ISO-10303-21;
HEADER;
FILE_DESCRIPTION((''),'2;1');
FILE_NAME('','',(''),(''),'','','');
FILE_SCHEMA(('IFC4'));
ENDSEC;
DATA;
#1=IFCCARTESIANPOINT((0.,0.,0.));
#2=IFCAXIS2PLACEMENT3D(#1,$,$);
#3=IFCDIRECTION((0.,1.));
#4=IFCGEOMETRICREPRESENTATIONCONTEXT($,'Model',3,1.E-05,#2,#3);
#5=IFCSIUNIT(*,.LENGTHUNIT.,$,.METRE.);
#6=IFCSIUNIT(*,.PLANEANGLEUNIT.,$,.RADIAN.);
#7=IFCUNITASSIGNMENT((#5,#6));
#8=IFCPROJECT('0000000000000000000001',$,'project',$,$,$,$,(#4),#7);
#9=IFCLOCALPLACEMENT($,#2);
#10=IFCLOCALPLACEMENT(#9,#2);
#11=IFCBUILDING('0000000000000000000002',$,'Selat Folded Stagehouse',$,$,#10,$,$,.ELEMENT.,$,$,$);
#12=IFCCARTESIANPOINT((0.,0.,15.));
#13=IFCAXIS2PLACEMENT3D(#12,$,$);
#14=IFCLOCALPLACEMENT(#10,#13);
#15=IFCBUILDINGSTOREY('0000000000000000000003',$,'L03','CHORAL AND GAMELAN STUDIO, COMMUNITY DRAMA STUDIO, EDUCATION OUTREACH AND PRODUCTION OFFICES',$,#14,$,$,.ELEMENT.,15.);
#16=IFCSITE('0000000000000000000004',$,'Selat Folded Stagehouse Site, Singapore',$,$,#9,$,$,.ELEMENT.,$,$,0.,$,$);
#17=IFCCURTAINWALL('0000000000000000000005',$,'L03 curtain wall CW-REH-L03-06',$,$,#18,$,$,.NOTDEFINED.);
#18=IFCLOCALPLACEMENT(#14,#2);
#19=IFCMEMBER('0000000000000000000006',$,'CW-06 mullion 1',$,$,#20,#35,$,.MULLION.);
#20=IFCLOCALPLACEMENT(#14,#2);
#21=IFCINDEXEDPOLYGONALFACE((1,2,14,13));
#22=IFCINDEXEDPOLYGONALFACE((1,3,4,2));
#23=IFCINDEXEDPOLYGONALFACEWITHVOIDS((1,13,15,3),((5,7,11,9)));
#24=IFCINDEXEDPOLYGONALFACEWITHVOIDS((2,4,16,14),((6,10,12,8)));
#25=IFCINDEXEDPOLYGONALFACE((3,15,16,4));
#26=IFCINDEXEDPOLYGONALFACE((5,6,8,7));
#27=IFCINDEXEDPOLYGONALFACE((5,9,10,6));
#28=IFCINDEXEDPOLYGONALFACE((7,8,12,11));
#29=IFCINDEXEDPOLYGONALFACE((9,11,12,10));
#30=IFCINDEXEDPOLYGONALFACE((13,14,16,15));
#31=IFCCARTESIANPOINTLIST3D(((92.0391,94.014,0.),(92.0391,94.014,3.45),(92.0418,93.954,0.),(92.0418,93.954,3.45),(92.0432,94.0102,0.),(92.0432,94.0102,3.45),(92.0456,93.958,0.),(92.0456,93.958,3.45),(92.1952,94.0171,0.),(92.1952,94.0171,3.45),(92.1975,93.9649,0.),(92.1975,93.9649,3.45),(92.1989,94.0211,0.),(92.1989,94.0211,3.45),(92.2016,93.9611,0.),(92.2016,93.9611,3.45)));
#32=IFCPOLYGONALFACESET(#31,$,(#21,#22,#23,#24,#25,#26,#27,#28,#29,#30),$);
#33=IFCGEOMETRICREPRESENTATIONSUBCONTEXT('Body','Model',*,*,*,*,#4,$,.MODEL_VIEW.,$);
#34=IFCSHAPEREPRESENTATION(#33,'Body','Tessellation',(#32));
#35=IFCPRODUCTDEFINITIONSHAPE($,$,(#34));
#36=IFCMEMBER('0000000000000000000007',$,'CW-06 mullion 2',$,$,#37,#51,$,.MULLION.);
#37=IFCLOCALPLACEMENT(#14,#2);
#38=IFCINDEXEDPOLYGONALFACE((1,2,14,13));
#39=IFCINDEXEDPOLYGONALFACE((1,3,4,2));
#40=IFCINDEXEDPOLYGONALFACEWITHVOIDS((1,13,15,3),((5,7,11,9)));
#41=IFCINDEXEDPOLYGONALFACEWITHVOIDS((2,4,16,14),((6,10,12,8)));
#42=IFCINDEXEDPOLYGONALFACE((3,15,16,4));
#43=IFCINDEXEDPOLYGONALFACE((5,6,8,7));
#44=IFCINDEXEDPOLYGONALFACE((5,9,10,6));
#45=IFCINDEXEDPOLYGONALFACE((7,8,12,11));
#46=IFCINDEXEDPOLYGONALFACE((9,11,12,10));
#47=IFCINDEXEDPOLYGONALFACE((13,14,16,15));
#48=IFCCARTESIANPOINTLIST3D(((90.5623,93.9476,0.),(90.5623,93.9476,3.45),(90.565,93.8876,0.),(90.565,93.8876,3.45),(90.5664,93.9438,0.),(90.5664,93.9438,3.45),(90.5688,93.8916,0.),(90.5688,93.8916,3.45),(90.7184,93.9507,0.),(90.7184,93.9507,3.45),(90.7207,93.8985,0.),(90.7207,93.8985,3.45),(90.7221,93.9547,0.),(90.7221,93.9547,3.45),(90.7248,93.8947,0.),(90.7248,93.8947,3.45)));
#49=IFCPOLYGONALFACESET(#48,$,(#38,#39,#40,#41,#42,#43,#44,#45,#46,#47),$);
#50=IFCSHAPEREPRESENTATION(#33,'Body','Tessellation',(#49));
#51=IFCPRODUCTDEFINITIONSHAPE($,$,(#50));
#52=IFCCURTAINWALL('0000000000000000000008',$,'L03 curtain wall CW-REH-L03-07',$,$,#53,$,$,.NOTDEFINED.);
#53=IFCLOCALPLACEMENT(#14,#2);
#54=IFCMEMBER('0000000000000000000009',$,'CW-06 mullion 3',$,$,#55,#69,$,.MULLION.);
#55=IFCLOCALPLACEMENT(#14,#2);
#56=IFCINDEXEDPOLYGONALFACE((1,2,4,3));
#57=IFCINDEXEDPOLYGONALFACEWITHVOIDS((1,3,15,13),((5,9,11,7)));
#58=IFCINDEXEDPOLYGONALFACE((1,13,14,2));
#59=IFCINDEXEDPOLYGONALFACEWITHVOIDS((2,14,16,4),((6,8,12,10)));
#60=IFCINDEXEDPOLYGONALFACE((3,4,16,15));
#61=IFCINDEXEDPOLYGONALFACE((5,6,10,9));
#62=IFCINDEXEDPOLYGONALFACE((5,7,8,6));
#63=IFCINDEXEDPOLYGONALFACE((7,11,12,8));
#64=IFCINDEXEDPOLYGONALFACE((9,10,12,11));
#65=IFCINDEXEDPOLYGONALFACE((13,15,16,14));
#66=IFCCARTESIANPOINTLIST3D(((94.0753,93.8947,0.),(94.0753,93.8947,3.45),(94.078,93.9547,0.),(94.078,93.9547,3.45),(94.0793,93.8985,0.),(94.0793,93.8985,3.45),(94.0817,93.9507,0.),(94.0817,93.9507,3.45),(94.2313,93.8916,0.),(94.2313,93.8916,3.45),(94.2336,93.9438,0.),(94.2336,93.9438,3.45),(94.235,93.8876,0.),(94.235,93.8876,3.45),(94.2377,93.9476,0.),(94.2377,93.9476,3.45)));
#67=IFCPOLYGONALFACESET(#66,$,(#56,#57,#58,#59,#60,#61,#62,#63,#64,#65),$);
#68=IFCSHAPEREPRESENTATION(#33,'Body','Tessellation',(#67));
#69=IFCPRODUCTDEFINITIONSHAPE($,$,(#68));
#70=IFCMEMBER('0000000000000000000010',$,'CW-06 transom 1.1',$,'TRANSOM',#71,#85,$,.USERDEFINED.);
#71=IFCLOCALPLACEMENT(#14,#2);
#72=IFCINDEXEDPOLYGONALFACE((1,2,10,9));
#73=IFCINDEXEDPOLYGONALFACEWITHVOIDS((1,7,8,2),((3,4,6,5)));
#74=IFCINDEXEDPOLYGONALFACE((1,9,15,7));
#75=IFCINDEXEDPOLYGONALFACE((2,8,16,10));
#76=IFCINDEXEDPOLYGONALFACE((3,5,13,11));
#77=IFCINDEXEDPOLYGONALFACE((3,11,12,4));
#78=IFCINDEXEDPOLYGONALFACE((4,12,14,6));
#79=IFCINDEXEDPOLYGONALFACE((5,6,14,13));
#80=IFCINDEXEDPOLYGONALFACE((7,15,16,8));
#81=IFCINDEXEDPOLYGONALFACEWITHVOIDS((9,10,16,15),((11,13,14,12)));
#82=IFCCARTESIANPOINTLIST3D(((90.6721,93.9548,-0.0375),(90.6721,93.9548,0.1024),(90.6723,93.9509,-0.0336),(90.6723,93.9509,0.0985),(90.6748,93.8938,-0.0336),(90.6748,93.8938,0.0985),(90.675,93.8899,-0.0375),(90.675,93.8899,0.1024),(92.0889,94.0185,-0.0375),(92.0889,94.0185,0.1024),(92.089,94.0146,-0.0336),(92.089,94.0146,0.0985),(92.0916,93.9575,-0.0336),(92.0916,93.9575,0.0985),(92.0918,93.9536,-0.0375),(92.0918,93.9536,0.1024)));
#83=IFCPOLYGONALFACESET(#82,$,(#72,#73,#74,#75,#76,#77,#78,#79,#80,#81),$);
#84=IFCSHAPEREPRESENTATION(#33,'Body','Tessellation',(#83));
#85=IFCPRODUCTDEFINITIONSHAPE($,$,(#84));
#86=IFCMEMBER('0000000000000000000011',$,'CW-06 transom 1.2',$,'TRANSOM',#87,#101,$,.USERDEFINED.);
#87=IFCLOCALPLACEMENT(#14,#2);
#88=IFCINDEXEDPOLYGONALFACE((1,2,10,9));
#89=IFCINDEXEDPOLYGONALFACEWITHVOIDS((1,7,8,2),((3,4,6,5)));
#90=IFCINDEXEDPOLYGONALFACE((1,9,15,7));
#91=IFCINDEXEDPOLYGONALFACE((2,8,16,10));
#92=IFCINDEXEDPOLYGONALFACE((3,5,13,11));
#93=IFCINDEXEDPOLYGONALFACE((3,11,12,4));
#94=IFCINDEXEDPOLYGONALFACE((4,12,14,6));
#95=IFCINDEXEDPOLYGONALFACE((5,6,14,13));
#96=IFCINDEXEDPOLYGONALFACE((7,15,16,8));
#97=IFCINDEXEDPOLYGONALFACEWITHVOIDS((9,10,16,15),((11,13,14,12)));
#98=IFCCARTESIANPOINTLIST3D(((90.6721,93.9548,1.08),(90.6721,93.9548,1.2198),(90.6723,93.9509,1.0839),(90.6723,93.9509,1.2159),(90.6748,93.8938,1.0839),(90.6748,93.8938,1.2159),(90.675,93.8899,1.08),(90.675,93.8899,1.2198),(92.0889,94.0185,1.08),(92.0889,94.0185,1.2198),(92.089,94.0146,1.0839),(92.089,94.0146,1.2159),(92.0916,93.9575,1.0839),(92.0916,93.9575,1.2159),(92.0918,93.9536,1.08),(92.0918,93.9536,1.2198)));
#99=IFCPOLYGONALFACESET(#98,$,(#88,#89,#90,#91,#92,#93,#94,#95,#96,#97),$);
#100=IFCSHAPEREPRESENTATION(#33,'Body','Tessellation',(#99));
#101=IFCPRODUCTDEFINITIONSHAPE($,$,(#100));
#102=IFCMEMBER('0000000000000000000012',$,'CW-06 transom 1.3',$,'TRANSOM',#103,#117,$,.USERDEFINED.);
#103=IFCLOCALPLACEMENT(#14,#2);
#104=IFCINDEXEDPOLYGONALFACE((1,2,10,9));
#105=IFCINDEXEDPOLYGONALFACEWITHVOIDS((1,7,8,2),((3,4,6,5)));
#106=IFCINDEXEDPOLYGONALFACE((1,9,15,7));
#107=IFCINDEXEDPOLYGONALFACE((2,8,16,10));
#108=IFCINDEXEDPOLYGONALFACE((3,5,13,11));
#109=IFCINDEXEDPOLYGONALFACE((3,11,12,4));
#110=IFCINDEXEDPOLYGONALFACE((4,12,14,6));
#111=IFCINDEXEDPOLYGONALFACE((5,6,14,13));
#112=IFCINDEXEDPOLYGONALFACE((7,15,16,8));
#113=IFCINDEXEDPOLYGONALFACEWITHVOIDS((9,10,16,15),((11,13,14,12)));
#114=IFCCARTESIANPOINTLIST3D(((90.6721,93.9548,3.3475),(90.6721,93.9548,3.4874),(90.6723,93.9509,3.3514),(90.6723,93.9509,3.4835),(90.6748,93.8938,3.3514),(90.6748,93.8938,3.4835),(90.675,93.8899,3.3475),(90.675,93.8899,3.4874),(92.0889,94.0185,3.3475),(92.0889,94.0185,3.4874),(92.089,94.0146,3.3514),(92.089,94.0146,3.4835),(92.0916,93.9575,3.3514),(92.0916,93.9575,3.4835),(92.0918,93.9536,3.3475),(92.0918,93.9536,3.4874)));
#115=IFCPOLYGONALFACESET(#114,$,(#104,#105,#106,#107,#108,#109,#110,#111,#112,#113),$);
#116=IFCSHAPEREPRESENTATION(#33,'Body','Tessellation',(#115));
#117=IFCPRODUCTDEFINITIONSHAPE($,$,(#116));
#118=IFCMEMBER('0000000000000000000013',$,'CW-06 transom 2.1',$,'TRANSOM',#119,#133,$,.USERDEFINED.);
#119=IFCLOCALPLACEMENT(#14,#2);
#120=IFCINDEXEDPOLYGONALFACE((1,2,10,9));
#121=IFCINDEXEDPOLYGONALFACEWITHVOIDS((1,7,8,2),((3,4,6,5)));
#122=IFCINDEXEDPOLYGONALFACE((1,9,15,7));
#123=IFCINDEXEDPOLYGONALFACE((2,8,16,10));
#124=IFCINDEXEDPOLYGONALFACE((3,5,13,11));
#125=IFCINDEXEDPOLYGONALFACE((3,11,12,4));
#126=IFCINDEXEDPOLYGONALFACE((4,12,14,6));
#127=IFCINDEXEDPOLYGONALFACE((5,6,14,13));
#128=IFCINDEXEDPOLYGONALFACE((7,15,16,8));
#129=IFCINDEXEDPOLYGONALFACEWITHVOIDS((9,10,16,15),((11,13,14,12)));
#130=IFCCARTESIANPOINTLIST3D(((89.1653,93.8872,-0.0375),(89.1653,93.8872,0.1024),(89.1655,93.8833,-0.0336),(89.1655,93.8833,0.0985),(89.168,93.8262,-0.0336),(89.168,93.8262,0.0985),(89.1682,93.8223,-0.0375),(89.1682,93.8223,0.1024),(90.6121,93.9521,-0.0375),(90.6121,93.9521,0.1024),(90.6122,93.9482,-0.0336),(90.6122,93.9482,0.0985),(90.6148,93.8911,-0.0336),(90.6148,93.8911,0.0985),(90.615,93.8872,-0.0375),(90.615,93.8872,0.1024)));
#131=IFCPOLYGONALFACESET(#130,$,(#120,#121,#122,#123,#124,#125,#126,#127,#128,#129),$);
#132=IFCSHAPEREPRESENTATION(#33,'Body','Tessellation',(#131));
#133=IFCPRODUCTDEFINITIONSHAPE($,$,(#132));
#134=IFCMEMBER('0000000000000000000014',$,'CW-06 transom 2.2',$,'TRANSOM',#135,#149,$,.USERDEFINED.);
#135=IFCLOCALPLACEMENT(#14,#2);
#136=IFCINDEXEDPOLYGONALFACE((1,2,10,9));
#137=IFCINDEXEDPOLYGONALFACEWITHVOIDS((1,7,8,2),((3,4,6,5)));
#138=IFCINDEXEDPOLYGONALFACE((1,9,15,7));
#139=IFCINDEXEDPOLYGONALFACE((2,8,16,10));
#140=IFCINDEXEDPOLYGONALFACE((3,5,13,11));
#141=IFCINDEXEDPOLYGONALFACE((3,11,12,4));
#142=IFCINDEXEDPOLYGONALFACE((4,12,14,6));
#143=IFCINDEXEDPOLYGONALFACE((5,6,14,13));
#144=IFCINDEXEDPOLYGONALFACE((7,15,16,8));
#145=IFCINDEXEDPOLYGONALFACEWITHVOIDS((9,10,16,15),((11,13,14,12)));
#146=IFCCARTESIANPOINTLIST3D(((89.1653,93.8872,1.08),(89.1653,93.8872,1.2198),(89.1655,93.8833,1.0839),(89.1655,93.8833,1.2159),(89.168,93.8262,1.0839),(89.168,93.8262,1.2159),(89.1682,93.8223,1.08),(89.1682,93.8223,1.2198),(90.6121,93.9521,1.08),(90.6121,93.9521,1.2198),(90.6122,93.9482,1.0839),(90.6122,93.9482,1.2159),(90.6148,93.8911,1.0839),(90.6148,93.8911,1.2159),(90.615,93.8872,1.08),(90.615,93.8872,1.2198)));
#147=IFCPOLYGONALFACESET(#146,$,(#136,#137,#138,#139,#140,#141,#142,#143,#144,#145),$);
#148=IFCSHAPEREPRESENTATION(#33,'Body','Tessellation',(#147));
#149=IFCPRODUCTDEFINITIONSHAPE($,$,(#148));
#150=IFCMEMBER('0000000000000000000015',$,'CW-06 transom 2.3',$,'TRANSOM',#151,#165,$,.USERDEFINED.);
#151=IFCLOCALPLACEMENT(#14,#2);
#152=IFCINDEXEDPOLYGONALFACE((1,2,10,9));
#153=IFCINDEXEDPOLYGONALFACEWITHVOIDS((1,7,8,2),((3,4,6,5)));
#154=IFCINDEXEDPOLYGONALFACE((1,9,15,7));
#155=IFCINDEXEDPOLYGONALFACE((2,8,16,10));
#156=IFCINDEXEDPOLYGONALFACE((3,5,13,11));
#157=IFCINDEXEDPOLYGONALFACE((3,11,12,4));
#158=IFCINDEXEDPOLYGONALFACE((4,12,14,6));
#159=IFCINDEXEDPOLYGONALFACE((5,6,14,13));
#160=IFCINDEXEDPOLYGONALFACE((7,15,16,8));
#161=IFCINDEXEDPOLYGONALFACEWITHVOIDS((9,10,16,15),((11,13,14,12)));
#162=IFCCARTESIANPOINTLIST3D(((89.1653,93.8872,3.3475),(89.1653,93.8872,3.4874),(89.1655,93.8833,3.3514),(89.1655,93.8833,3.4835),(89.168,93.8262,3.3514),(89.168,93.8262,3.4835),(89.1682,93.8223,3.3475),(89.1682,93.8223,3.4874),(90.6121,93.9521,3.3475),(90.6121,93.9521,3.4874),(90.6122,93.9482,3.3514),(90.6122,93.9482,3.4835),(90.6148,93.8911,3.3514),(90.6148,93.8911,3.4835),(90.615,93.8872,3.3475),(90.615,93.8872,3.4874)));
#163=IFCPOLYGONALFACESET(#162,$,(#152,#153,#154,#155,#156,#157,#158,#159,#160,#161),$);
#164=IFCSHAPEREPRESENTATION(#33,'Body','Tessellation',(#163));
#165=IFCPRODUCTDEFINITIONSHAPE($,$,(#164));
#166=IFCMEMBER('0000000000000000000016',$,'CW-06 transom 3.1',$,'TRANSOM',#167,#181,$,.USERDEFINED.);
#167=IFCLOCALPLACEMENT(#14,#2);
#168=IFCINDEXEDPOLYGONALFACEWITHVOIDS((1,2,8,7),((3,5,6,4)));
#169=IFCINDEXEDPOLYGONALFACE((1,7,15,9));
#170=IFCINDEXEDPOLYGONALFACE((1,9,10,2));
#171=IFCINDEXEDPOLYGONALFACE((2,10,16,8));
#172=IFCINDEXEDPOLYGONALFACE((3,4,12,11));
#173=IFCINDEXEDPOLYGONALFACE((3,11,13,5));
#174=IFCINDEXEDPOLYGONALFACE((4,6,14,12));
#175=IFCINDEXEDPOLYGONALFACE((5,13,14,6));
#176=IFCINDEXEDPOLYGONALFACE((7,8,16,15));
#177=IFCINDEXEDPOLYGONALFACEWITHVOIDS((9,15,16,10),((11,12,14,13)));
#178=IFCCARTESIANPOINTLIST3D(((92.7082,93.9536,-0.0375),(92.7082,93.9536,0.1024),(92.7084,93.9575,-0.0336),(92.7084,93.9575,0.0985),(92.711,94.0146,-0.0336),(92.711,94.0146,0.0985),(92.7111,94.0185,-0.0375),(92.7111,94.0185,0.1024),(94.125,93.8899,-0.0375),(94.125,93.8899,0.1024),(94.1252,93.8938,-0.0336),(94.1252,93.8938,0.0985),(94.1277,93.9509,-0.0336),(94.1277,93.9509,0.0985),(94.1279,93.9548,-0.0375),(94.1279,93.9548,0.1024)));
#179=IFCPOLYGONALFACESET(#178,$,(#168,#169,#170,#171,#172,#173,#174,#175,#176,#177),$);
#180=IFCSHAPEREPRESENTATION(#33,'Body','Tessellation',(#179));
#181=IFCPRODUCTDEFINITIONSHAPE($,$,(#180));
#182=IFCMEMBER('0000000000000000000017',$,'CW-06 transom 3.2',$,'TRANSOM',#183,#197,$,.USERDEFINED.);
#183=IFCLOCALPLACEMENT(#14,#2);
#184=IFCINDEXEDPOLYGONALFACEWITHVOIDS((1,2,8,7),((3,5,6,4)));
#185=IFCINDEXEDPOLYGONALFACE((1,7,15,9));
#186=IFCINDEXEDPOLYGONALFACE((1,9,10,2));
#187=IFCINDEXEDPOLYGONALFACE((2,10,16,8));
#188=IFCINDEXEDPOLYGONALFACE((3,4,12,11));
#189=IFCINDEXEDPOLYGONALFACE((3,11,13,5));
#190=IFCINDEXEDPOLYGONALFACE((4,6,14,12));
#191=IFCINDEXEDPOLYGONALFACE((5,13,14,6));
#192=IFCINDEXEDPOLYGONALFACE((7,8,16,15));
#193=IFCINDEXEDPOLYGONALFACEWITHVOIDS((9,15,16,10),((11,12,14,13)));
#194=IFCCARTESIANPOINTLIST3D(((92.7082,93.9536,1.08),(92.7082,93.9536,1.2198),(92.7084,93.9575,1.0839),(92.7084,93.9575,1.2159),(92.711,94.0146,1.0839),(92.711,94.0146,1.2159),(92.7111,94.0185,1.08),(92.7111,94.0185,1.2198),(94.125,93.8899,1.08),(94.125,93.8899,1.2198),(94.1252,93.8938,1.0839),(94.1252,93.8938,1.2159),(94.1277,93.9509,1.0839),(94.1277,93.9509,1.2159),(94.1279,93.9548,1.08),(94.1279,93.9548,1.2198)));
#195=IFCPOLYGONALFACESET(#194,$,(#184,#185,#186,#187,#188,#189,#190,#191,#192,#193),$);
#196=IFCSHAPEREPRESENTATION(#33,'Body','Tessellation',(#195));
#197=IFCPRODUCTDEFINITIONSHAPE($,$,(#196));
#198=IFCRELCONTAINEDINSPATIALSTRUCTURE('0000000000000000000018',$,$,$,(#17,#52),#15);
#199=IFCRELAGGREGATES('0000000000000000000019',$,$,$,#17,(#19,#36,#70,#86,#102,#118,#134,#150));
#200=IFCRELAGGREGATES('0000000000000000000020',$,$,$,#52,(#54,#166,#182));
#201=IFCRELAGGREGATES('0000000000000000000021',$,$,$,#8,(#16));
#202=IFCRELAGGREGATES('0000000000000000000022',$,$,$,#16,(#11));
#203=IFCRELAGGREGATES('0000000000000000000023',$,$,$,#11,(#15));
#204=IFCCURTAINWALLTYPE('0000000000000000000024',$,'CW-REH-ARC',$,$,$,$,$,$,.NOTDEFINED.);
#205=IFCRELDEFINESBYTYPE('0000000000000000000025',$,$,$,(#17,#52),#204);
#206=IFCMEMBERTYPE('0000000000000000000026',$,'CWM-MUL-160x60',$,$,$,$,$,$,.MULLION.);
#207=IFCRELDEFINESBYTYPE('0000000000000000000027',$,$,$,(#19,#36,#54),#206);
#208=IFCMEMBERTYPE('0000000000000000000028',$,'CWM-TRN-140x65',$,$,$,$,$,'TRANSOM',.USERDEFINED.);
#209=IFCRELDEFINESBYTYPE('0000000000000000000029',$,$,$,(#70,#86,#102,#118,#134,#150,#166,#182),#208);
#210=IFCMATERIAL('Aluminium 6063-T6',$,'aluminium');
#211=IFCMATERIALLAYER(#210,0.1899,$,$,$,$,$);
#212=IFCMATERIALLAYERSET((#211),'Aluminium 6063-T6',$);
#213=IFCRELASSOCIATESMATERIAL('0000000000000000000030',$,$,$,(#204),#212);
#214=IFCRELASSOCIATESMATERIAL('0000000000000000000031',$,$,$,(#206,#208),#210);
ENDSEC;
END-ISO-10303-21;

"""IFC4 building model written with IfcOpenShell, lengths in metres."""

from ifc_helpers import new_model, si_unit, direction, frame, origin, origin_2d, place, context, subcontext, project, spatial, hollow_rectangle, extrude, material, layer, layer_set, material_profile, profile_set, type_object, element, aggregate, save


model = new_model("IFC4")

# Units and contexts
model_context = context("Model", 3, precision=1e-05, world=origin(), true_north=direction((0.0, 1.0)))
body_context = subcontext(model_context, "Body", "Model", "MODEL_VIEW")
ifc_project = project(units=[si_unit("LENGTHUNIT", "METRE"), si_unit("PLANEANGLEUNIT", "RADIAN")], contexts=[model_context])

# Site, building, storey
site_placement = place(None, origin())
site = spatial("IfcSite", under=ifc_project, at=site_placement, Name="Selat Folded Stagehouse Site, Singapore", CompositionType="ELEMENT", RefElevation=0.0)
building_placement = place(site_placement, origin())
building = spatial("IfcBuilding", under=site, at=building_placement, Name="Selat Folded Stagehouse", CompositionType="ELEMENT")
storey_placement = place(building_placement, frame((0.0, 0.0, 15.0)))
storey = spatial("IfcBuildingStorey", under=building, at=storey_placement, Name="L03", Description="CHORAL AND GAMELAN STUDIO, COMMUNITY DRAMA STUDIO, EDUCATION OUTREACH AND PRODUCTION OFFICES", CompositionType="ELEMENT", Elevation=15.0)

# Curtain wall, members
ifc_material_1 = material(Name="Aluminium 6063-T6", Category="aluminium")
ifc_layer_1 = layer(ifc_material_1, 0.1899)
ifc_layer_set_1 = layer_set([ifc_layer_1], Name="Aluminium 6063-T6")
curtain_wall_type = type_object("IfcCurtainWallType", Name="CW-REH-ARC", PredefinedType="NOTDEFINED", material=ifc_layer_set_1)
curtain_wall_1_placement = place(storey_placement, origin())
curtain_wall_1 = element("IfcCurtainWall", 1, at=curtain_wall_1_placement, inside=storey, type_object=curtain_wall_type, Name="L03 curtain wall CW-REH-L03-06", PredefinedType="NOTDEFINED")
ifc_material_profile_1 = material_profile(ifc_material_1, hollow_rectangle(XDim=0.0601, YDim=0.1599, WallThickness=0.0039, at=origin_2d()), Name="ALU 160x60x4.0")
ifc_profile_set_1 = profile_set([ifc_material_profile_1], Name="Aluminium 6063-T6")
member_type_1 = type_object("IfcMemberType", Name="CWM-MUL-160x60", PredefinedType="MULLION", material=ifc_profile_set_1)
member_1_placement = place(storey_placement, frame((92.1204, 93.9875, 0.0), z_axis=(0.0, 0.0, 1.0), x_axis=(0.044862, -0.998993, 0.0)))
member_1 = element("IfcMember", 2, at=member_1_placement, type_object=member_type_1, Name="CW-06 mullion 1", PredefinedType="MULLION", context=body_context, shape_type="SweptSolid", body=[
    extrude(hollow_rectangle(XDim=0.0601, YDim=0.1599, WallThickness=0.0039, at=origin_2d()), origin(), (0.0, 0.0, 1.0), 3.45),
])
member_2_placement = place(storey_placement, frame((90.6436, 93.9211, 0.0), z_axis=(0.0, 0.0, 1.0), x_axis=(0.044862, -0.998993, 0.0)))
member_2 = element("IfcMember", 3, at=member_2_placement, type_object=member_type_1, Name="CW-06 mullion 2", PredefinedType="MULLION", context=body_context, shape_type="SweptSolid", body=[
    extrude(hollow_rectangle(XDim=0.0601, YDim=0.1599, WallThickness=0.0039, at=origin_2d()), origin(), (0.0, 0.0, 1.0), 3.45),
])

# Curtain wall, member
curtain_wall_2_placement = place(storey_placement, origin())
curtain_wall_2 = element("IfcCurtainWall", 4, at=curtain_wall_2_placement, inside=storey, type_object=curtain_wall_type, Name="L03 curtain wall CW-REH-L03-07", PredefinedType="NOTDEFINED")
member_3_placement = place(storey_placement, frame((94.1565, 93.9211, 0.0), z_axis=(0.0, 0.0, 1.0), x_axis=(-0.044862, -0.998993, 0.0)))
member_3 = element("IfcMember", 5, at=member_3_placement, type_object=member_type_1, Name="CW-06 mullion 3", PredefinedType="MULLION", context=body_context, shape_type="SweptSolid", body=[
    extrude(hollow_rectangle(XDim=0.0601, YDim=0.1599, WallThickness=0.0039, at=origin_2d()), origin(), (0.0, 0.0, 1.0), 3.45),
])

# Members
ifc_material_profile_2 = material_profile(ifc_material_1, hollow_rectangle(XDim=0.0649, YDim=0.1399, WallThickness=0.0039, at=origin_2d()), Name="ALU 140x65x4.0")
ifc_profile_set_2 = profile_set([ifc_material_profile_2], Name="Aluminium 6063-T6")
member_type_2 = type_object("IfcMemberType", Name="CWM-TRN-140x65", ElementType="TRANSOM", PredefinedType="USERDEFINED", material=ifc_profile_set_2)
member_4_placement = place(storey_placement, frame((92.0903, 93.9861, 0.0325), z_axis=(-0.99899, -0.044931, 0.0), x_axis=(0.044931, -0.99899, 0.0)))
member_4 = element("IfcMember", 6, at=member_4_placement, type_object=member_type_2, Name="CW-06 transom 1.1", ObjectType="TRANSOM", PredefinedType="USERDEFINED", context=body_context, shape_type="SweptSolid", body=[
    extrude(hollow_rectangle(XDim=0.0649, YDim=0.1399, WallThickness=0.0039, at=origin_2d()), origin(), (0.0, 0.0, 1.0), 1.4182),
])
member_5_placement = place(storey_placement, frame((92.0903, 93.9861, 1.1499), z_axis=(-0.99899, -0.044931, 0.0), x_axis=(0.044931, -0.99899, 0.0)))
member_5 = element("IfcMember", 7, at=member_5_placement, type_object=member_type_2, Name="CW-06 transom 1.2", ObjectType="TRANSOM", PredefinedType="USERDEFINED", context=body_context, shape_type="SweptSolid", body=[
    extrude(hollow_rectangle(XDim=0.0649, YDim=0.1399, WallThickness=0.0039, at=origin_2d()), origin(), (0.0, 0.0, 1.0), 1.4182),
])
member_6_placement = place(storey_placement, frame((92.0903, 93.9861, 3.4175), z_axis=(-0.99899, -0.044931, 0.0), x_axis=(0.044931, -0.99899, 0.0)))
member_6 = element("IfcMember", 8, at=member_6_placement, type_object=member_type_2, Name="CW-06 transom 1.3", ObjectType="TRANSOM", PredefinedType="USERDEFINED", context=body_context, shape_type="SweptSolid", body=[
    extrude(hollow_rectangle(XDim=0.0649, YDim=0.1399, WallThickness=0.0039, at=origin_2d()), origin(), (0.0, 0.0, 1.0), 1.4182),
])
member_7_placement = place(storey_placement, frame((90.6135, 93.9197, 0.0325), z_axis=(-0.998994, -0.044842, 0.0), x_axis=(0.044842, -0.998994, 0.0)))
member_7 = element("IfcMember", 9, at=member_7_placement, type_object=member_type_2, Name="CW-06 transom 2.1", ObjectType="TRANSOM", PredefinedType="USERDEFINED", context=body_context, shape_type="SweptSolid", body=[
    extrude(hollow_rectangle(XDim=0.0649, YDim=0.1399, WallThickness=0.0039, at=origin_2d()), origin(), (0.0, 0.0, 1.0), 1.4482),
])
member_8_placement = place(storey_placement, frame((90.6135, 93.9197, 1.1499), z_axis=(-0.998994, -0.044842, 0.0), x_axis=(0.044842, -0.998994, 0.0)))
member_8 = element("IfcMember", 10, at=member_8_placement, type_object=member_type_2, Name="CW-06 transom 2.2", ObjectType="TRANSOM", PredefinedType="USERDEFINED", context=body_context, shape_type="SweptSolid", body=[
    extrude(hollow_rectangle(XDim=0.0649, YDim=0.1399, WallThickness=0.0039, at=origin_2d()), origin(), (0.0, 0.0, 1.0), 1.4482),
])
member_9_placement = place(storey_placement, frame((90.6135, 93.9197, 3.4175), z_axis=(-0.998994, -0.044842, 0.0), x_axis=(0.044842, -0.998994, 0.0)))
member_9 = element("IfcMember", 11, at=member_9_placement, type_object=member_type_2, Name="CW-06 transom 2.3", ObjectType="TRANSOM", PredefinedType="USERDEFINED", context=body_context, shape_type="SweptSolid", body=[
    extrude(hollow_rectangle(XDim=0.0649, YDim=0.1399, WallThickness=0.0039, at=origin_2d()), origin(), (0.0, 0.0, 1.0), 1.4482),
])
member_10_placement = place(storey_placement, frame((94.1265, 93.9224, 0.0325), z_axis=(-0.99899, 0.044931, 0.0), x_axis=(-0.044931, -0.99899, 0.0)))
member_10 = element("IfcMember", 12, at=member_10_placement, type_object=member_type_2, Name="CW-06 transom 3.1", ObjectType="TRANSOM", PredefinedType="USERDEFINED", context=body_context, shape_type="SweptSolid", body=[
    extrude(hollow_rectangle(XDim=0.0649, YDim=0.1399, WallThickness=0.0039, at=origin_2d()), origin(), (0.0, 0.0, 1.0), 1.4182),
])
member_11_placement = place(storey_placement, frame((94.1265, 93.9224, 1.1499), z_axis=(-0.99899, 0.044931, 0.0), x_axis=(-0.044931, -0.99899, 0.0)))
member_11 = element("IfcMember", 13, at=member_11_placement, type_object=member_type_2, Name="CW-06 transom 3.2", ObjectType="TRANSOM", PredefinedType="USERDEFINED", context=body_context, shape_type="SweptSolid", body=[
    extrude(hollow_rectangle(XDim=0.0649, YDim=0.1399, WallThickness=0.0039, at=origin_2d()), origin(), (0.0, 0.0, 1.0), 1.4182),
])

aggregate(curtain_wall_1, [member_1, member_2, member_4, member_5, member_6, member_7, member_8, member_9])
aggregate(curtain_wall_2, [member_3, member_10, member_11])

save(model, "model.ifc")
